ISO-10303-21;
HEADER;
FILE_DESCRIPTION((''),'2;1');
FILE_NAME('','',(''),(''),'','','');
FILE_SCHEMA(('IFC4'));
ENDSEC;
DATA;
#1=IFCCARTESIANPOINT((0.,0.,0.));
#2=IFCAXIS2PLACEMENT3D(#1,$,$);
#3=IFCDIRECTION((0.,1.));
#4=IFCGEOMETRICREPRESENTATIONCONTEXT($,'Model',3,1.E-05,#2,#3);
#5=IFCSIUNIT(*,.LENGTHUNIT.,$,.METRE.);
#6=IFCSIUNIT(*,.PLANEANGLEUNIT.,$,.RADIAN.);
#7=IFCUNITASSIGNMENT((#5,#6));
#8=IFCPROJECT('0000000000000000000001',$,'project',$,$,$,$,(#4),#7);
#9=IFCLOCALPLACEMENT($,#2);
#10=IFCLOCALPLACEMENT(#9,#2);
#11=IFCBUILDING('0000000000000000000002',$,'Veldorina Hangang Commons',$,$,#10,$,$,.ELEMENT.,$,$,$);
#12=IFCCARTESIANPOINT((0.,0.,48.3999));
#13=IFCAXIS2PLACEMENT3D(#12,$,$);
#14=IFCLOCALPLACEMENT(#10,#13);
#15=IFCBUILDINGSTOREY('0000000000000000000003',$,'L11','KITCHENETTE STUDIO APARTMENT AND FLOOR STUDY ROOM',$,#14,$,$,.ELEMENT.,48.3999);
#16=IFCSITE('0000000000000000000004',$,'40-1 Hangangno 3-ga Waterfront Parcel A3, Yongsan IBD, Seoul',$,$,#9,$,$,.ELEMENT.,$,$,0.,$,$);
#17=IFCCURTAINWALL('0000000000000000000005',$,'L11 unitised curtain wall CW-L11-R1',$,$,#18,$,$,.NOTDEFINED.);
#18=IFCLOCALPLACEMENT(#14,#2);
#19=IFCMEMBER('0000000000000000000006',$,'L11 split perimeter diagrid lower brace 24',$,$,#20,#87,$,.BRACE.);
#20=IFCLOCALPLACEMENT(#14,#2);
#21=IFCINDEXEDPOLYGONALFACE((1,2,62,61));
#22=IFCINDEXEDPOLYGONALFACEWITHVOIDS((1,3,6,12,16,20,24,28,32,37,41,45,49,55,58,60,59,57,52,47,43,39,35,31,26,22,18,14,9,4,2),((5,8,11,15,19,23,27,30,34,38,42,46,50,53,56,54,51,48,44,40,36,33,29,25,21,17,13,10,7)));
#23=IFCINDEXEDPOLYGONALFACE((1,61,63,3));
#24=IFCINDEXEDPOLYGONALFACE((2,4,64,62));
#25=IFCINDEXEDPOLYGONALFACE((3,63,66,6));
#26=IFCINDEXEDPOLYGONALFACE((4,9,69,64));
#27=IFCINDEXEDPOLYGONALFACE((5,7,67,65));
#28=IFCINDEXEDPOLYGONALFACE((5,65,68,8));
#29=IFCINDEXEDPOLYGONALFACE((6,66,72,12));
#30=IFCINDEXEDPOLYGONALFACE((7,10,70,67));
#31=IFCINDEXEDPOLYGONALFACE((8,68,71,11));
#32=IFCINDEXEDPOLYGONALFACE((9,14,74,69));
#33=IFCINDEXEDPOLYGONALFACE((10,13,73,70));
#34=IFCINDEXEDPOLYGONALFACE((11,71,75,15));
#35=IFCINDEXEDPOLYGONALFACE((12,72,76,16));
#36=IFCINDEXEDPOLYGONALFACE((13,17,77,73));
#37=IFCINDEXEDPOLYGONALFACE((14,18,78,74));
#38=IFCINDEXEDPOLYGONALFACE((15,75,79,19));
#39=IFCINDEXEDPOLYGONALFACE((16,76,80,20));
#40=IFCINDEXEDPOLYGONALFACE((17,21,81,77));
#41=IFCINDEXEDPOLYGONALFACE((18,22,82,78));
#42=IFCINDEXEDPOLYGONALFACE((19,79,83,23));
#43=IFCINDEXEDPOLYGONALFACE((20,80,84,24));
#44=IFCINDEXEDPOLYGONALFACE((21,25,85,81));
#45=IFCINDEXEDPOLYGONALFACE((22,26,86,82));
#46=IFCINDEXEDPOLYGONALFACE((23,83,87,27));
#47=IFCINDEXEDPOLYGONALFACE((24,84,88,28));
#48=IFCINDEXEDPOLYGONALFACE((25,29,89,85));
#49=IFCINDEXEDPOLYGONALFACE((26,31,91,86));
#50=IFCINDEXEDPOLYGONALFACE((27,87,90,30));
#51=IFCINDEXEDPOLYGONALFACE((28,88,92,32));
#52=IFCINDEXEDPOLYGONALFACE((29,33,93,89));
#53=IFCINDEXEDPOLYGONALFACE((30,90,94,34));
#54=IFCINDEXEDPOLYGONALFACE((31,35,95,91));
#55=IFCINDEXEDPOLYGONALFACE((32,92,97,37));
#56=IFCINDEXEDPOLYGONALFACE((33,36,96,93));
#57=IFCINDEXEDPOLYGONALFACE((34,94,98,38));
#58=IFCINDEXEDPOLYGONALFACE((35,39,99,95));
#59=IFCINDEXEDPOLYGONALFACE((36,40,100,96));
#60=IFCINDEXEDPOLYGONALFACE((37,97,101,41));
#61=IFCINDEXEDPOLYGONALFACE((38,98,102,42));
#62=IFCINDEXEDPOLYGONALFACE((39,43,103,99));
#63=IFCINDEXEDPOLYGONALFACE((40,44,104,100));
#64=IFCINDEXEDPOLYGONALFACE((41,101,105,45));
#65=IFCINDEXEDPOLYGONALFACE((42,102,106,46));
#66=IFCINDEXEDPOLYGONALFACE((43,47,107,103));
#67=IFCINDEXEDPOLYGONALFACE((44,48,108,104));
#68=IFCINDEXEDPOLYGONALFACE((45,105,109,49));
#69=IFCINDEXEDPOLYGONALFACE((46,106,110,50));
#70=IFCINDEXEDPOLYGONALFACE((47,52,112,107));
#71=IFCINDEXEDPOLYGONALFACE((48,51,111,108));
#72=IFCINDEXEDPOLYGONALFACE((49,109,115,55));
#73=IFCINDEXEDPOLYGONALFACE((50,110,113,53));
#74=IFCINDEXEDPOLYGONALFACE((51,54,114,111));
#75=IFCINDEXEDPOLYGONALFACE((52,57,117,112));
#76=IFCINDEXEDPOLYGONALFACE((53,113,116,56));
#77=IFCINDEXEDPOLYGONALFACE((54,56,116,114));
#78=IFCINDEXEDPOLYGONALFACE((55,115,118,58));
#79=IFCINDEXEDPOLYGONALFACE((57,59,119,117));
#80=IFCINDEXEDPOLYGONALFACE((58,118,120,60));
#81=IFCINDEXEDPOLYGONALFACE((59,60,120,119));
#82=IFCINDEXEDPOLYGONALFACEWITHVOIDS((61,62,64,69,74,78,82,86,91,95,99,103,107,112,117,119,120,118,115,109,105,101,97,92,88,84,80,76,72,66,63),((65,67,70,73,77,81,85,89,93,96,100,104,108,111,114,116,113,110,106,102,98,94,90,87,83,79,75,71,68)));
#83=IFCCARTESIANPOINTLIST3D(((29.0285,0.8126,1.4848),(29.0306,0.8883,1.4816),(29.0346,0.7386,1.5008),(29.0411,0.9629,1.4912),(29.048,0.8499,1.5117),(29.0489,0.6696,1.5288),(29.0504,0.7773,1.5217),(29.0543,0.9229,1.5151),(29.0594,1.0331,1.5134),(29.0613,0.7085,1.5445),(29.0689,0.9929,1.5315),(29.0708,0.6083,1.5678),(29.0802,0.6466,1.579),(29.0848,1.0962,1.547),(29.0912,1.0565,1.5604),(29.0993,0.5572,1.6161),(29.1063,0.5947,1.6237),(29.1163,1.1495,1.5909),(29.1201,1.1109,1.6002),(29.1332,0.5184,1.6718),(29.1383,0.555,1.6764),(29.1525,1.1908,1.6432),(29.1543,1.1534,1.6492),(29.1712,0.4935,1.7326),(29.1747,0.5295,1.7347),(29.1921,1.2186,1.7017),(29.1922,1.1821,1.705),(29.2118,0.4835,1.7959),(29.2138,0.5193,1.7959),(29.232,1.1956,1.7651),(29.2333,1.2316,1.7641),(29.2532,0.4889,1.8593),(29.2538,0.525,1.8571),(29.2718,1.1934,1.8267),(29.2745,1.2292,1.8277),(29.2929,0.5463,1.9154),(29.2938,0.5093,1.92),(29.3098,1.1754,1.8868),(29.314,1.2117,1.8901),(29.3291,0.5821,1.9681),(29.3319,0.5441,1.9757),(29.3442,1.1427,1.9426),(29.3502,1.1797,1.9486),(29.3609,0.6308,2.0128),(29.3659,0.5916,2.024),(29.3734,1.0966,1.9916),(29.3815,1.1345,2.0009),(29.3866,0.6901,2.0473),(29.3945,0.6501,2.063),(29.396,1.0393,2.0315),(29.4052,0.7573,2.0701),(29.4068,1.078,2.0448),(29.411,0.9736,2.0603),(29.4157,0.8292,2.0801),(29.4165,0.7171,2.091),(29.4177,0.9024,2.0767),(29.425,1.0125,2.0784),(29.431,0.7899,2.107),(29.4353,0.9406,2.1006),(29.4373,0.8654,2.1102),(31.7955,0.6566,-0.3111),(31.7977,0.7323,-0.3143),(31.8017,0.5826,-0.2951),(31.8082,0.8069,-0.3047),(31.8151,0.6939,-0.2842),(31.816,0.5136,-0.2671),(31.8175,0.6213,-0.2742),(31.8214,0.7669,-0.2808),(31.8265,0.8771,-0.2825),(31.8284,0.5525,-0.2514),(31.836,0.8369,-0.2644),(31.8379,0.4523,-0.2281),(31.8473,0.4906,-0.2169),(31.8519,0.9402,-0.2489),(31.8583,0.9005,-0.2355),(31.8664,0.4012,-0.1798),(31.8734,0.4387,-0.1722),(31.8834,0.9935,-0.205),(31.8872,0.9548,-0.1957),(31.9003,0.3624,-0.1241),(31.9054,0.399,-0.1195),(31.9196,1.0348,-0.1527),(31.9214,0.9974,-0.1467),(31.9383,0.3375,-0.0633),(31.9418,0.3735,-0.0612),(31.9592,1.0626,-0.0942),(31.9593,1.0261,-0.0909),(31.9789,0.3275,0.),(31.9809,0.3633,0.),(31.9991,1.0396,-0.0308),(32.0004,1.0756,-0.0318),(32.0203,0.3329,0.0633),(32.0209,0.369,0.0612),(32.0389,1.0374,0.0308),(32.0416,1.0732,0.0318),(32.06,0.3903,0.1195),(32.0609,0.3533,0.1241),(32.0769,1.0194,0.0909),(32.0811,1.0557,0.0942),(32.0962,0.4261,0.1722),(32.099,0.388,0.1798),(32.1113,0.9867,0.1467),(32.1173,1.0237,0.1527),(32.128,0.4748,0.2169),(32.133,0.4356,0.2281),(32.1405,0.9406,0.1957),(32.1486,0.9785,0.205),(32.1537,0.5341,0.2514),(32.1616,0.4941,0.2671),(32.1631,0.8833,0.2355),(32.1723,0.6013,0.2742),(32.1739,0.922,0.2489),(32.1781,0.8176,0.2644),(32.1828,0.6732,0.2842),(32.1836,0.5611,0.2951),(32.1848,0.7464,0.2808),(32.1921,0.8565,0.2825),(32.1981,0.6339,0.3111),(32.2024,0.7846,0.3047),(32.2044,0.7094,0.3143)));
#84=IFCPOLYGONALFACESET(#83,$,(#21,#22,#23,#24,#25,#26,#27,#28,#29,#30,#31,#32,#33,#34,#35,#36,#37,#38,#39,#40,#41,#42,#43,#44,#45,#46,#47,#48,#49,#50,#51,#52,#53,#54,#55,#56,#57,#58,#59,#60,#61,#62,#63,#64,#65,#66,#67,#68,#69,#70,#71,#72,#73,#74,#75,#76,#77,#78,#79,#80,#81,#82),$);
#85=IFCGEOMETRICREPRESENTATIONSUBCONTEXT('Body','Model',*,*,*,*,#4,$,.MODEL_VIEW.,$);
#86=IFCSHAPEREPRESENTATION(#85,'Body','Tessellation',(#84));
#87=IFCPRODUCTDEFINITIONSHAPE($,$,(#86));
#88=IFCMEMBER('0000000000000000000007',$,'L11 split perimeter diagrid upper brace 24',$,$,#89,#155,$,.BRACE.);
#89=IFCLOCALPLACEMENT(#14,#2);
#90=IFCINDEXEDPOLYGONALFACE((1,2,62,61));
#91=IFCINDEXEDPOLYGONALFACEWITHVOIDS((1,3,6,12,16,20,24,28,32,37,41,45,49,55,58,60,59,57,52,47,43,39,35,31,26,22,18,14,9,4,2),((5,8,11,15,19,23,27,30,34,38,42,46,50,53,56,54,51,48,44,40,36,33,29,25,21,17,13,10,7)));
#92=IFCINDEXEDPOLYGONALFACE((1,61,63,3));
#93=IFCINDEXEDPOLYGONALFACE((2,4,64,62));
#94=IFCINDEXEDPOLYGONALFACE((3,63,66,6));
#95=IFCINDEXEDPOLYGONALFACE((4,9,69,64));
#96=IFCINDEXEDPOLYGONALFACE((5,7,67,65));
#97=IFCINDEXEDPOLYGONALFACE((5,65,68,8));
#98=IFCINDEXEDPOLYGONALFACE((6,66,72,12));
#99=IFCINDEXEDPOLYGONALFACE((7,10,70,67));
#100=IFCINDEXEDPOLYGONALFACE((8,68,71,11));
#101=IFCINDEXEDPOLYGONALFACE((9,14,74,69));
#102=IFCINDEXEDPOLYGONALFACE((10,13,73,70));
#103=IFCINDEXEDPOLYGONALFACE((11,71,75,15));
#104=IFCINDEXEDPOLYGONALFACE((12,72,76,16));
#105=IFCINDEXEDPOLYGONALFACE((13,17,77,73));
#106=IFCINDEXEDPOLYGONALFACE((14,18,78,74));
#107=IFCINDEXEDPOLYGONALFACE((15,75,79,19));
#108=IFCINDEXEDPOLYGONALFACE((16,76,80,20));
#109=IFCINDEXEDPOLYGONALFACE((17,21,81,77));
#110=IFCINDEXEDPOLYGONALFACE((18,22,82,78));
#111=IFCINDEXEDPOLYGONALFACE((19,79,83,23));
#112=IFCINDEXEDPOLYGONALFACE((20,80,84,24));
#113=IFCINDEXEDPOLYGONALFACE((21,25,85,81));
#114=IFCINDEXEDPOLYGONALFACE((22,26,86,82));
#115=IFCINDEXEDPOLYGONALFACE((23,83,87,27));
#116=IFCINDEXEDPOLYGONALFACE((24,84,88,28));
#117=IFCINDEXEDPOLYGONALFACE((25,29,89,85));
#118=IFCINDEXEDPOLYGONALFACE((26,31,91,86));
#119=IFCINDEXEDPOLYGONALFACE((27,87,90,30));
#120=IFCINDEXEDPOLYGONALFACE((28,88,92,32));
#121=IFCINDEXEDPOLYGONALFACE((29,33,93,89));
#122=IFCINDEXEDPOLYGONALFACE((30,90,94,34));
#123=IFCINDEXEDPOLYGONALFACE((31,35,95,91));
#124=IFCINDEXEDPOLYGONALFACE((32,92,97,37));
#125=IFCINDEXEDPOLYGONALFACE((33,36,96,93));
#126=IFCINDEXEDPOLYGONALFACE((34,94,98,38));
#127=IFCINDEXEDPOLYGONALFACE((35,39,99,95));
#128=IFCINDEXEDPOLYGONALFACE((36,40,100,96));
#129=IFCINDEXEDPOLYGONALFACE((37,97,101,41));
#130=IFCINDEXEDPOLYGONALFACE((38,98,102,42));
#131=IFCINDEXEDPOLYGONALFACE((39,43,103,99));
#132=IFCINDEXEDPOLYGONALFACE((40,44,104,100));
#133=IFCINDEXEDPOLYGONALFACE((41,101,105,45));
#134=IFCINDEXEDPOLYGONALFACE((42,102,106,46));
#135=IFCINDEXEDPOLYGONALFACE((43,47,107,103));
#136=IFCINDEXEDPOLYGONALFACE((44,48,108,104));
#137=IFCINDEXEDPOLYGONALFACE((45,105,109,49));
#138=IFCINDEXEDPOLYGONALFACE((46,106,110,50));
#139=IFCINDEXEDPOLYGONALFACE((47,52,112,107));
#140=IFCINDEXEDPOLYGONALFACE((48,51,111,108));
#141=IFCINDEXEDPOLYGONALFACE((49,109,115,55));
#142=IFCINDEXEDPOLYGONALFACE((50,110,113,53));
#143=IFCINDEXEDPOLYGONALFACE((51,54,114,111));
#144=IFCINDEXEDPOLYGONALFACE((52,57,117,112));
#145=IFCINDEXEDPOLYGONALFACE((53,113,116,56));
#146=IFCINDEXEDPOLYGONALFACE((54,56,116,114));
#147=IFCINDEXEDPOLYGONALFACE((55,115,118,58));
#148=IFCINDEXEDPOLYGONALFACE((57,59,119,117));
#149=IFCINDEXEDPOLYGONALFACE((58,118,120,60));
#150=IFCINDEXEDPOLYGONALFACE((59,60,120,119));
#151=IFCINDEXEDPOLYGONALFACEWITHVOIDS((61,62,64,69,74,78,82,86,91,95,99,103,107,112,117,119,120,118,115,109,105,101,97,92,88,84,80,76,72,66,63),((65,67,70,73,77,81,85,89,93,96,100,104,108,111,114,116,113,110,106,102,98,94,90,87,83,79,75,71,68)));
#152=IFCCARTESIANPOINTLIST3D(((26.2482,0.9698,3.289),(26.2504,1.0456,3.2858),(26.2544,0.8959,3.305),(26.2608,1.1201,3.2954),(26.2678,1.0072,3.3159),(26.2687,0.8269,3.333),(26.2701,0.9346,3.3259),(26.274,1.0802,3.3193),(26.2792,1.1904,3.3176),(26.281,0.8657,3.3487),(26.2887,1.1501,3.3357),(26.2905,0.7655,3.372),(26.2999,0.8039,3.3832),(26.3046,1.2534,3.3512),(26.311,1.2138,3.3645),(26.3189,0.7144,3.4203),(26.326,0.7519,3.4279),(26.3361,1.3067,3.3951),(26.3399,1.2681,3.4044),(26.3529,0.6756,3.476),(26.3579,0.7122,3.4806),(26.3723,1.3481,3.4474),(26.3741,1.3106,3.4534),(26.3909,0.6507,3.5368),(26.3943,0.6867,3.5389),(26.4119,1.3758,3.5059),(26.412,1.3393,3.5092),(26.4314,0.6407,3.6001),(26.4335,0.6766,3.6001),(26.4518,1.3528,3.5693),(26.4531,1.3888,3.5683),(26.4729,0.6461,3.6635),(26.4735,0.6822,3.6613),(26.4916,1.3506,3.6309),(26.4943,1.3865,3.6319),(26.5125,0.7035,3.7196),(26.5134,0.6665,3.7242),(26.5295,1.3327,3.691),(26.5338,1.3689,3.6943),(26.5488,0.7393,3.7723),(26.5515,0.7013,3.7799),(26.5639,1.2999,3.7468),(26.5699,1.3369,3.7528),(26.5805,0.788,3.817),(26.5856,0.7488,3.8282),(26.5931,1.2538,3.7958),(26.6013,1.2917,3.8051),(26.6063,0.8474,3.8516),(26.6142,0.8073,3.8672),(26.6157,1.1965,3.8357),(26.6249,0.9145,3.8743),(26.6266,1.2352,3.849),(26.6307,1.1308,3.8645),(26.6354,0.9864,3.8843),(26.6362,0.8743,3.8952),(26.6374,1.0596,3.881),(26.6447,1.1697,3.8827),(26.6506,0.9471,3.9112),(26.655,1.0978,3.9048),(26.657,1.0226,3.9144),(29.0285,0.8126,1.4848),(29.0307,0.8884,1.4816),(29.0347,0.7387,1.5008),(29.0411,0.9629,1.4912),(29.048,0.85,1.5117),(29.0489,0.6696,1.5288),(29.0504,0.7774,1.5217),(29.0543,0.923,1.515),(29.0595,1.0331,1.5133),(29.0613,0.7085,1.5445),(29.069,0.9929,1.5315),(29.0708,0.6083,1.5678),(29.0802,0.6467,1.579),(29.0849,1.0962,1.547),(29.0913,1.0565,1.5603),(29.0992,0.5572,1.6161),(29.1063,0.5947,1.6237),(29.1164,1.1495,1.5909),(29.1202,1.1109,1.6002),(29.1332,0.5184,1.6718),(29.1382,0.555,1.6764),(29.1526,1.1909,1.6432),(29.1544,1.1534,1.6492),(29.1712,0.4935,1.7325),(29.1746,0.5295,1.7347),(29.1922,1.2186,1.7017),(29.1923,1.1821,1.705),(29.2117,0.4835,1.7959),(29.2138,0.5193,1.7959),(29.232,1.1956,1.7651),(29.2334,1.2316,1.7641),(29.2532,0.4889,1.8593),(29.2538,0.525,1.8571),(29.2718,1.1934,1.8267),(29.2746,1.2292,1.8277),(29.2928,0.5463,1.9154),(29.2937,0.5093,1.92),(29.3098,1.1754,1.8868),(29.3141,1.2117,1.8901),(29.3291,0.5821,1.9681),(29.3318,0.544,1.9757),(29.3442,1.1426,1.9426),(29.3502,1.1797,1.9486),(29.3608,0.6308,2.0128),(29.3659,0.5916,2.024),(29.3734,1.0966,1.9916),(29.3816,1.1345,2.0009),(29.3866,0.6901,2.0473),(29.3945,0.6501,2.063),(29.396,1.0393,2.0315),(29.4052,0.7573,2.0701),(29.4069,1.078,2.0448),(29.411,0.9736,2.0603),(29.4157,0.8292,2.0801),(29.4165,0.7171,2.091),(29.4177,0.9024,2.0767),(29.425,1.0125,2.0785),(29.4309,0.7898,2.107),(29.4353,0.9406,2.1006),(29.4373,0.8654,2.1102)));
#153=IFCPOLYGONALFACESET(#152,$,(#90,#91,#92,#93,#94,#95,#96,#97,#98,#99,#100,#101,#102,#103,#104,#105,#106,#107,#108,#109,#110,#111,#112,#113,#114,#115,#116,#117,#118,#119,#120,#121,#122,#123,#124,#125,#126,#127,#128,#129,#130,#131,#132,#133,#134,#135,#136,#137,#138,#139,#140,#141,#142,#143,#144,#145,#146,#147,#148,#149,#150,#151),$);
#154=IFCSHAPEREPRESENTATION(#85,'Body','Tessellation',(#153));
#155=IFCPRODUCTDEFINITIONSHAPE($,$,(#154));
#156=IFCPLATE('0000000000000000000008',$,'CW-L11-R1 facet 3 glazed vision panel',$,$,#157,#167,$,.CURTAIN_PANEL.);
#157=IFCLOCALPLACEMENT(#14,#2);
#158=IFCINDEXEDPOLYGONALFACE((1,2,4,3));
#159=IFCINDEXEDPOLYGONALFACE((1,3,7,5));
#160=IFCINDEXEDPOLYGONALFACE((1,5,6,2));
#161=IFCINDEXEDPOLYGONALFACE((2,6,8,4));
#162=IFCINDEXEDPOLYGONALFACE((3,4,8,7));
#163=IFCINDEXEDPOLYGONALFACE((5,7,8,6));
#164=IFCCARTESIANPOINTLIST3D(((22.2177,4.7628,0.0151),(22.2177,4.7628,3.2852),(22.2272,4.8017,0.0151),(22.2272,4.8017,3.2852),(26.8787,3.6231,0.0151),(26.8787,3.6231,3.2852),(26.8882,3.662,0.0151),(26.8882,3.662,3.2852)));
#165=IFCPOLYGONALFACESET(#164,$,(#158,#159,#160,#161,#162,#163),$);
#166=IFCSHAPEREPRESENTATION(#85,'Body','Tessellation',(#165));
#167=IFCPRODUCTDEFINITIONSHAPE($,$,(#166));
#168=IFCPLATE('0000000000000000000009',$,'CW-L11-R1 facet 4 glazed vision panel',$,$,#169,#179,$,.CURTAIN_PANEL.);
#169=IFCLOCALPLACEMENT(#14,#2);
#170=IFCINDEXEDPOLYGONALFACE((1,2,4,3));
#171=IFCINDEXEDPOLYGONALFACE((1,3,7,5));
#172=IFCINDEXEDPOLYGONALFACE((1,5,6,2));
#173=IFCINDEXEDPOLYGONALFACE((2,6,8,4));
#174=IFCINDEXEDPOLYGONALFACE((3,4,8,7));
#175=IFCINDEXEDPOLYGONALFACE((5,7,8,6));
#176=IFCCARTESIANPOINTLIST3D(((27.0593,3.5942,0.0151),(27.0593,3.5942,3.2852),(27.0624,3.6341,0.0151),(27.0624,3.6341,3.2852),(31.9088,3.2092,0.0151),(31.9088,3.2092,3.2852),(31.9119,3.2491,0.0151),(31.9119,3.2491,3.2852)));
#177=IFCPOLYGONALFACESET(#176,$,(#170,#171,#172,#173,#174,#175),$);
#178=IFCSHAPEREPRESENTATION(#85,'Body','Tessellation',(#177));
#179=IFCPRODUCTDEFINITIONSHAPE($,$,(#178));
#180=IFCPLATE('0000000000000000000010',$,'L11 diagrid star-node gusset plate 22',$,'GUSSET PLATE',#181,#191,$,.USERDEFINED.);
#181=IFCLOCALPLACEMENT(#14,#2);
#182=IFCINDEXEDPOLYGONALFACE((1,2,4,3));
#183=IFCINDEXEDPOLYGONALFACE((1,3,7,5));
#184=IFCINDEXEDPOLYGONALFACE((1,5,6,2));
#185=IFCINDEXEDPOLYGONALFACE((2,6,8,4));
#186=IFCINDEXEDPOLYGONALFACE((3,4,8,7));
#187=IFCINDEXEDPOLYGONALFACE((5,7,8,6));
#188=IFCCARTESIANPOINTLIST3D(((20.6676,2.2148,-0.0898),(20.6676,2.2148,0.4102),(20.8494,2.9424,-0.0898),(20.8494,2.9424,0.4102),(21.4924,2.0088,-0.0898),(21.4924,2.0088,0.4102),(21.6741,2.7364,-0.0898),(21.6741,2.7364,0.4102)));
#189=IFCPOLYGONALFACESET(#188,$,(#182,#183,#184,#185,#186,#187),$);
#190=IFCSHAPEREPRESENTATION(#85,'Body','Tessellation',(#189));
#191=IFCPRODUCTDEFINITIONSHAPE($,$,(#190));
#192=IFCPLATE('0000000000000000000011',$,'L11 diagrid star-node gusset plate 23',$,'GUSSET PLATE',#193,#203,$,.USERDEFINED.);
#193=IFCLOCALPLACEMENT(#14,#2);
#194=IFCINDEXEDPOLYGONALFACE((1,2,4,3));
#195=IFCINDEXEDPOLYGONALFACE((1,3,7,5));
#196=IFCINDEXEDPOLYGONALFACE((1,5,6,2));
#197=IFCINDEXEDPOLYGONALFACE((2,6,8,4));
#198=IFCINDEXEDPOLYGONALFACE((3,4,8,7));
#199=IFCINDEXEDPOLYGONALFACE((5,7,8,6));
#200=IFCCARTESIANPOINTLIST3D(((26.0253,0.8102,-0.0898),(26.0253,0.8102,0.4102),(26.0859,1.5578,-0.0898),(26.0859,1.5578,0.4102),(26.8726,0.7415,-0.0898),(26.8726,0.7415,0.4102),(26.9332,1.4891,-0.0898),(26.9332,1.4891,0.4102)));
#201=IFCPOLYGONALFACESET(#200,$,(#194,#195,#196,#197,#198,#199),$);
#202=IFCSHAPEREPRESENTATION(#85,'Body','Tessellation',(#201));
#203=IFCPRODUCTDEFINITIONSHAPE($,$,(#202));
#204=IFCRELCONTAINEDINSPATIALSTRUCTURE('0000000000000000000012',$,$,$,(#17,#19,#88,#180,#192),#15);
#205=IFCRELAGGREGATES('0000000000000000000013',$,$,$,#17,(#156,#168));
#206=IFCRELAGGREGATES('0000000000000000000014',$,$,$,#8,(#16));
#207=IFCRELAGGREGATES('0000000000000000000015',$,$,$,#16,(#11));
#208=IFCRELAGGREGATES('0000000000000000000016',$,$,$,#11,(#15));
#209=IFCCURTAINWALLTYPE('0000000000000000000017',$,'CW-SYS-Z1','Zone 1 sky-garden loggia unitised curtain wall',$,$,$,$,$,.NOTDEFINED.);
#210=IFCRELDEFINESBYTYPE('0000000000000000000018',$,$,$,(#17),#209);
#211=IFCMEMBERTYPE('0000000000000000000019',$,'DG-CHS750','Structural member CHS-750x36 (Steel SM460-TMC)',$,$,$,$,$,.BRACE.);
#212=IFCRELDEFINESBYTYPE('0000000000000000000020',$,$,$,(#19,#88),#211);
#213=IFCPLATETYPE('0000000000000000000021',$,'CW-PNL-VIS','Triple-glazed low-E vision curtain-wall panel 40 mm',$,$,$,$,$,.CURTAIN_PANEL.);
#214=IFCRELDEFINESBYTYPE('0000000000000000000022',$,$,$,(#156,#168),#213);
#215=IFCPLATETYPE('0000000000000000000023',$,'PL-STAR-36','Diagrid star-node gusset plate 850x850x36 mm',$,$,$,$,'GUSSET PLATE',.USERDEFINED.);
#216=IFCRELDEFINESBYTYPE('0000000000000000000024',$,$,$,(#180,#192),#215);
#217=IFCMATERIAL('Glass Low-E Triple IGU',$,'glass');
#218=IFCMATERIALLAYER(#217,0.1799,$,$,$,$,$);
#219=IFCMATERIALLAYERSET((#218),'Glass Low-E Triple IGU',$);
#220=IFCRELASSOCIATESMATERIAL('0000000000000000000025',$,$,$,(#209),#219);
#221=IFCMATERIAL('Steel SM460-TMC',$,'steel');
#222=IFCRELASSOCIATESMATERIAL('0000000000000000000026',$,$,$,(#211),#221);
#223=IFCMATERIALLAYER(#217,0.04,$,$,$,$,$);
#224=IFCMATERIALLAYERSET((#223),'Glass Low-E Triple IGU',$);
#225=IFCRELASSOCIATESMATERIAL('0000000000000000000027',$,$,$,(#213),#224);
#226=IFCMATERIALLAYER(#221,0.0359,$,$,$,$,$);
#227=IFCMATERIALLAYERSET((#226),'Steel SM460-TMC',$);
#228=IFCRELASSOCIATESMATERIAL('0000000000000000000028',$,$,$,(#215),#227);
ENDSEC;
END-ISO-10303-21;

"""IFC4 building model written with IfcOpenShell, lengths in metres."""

from ifc_helpers import new_model, si_unit, direction, frame, origin, origin_2d, place, context, subcontext, project, spatial, rectangle, hollow_circle, extrude, material, layer, layer_set, material_profile, profile_set, type_object, element, aggregate, save


model = new_model("IFC4")

# Units and contexts
model_context = context("Model", 3, precision=1e-05, world=origin(), true_north=direction((0.0, 1.0)))
body_context = subcontext(model_context, "Body", "Model", "MODEL_VIEW")
ifc_project = project(units=[si_unit("LENGTHUNIT", "METRE"), si_unit("PLANEANGLEUNIT", "RADIAN")], contexts=[model_context])

# Site, building, storey
site_placement = place(None, origin())
site = spatial("IfcSite", under=ifc_project, at=site_placement, Name="40-1 Hangangno 3-ga Waterfront Parcel A3, Yongsan IBD, Seoul", CompositionType="ELEMENT", RefElevation=0.0)
building_placement = place(site_placement, origin())
building = spatial("IfcBuilding", under=site, at=building_placement, Name="Veldorina Hangang Commons", CompositionType="ELEMENT")
storey_placement = place(building_placement, frame((0.0, 0.0, 48.3999)))
storey = spatial("IfcBuildingStorey", under=building, at=storey_placement, Name="L11", Description="KITCHENETTE STUDIO APARTMENT AND FLOOR STUDY ROOM", CompositionType="ELEMENT", Elevation=48.3999)

# Shared definitions
ifc_material_1 = material(Name="Steel SM460-TMC", Category="steel")

# Curtain wall
ifc_material_2 = material(Name="Glass Low-E Triple IGU", Category="glass")
ifc_layer_1 = layer(ifc_material_2, 0.1799)
ifc_layer_set_1 = layer_set([ifc_layer_1], Name="Glass Low-E Triple IGU")
curtain_wall_type = type_object("IfcCurtainWallType", Name="CW-SYS-Z1", Description="Zone 1 sky-garden loggia unitised curtain wall", PredefinedType="NOTDEFINED", material=ifc_layer_set_1)
curtain_wall_placement = place(storey_placement, origin())
curtain_wall = element("IfcCurtainWall", 1, at=curtain_wall_placement, inside=storey, type_object=curtain_wall_type, Name="L11 unitised curtain wall CW-L11-R1", PredefinedType="NOTDEFINED")

# Members
ifc_material_profile_1 = material_profile(ifc_material_1, hollow_circle(Radius=0.375, WallThickness=0.0359, at=origin_2d()), Name="CHS-750x36")
ifc_profile_set_1 = profile_set([ifc_material_profile_1], Name="Steel SM460-TMC")
member_type_1 = type_object("IfcMemberType", Name="DG-CHS750", Description="Structural member CHS-750x36 (Steel SM460-TMC)", PredefinedType="BRACE", material=ifc_profile_set_1)
member_1_placement = place(storey_placement, frame((32.0, 0.7019, 0.0), z_axis=(-0.837882, 0.047239, 0.543803), x_axis=(-0.05629, -0.998414, 0.0)))
element("IfcMember", 2, at=member_1_placement, inside=storey, type_object=member_type_1, Name="L11 split perimeter diagrid lower brace 24", PredefinedType="BRACE", context=body_context, shape_type="SweptSolid", body=[
    extrude(hollow_circle(Radius=0.375, WallThickness=0.0359, at=origin_2d()), origin(), (0.0, 0.0, 1.0), 3.3025),
])
member_2_placement = place(storey_placement, frame((29.2329, 0.8579, 1.7959), z_axis=(-0.837912, 0.047385, 0.543745), x_axis=(-0.056461, -0.998405, 0.0)))
element("IfcMember", 3, at=member_2_placement, inside=storey, type_object=member_type_1, Name="L11 split perimeter diagrid upper brace 24", PredefinedType="BRACE", context=body_context, shape_type="SweptSolid", body=[
    extrude(hollow_circle(Radius=0.375, WallThickness=0.0359, at=origin_2d()), origin(), (0.0, 0.0, 1.0), 3.3181),
])

# Plates
ifc_layer_2 = layer(ifc_material_2, 0.04)
ifc_layer_set_2 = layer_set([ifc_layer_2], Name="Glass Low-E Triple IGU")
plate_type_1 = type_object("IfcPlateType", Name="CW-PNL-VIS", Description="Triple-glazed low-E vision curtain-wall panel 40 mm", PredefinedType="CURTAIN_PANEL", material=ifc_layer_set_2)
plate_1_placement = place(storey_placement, frame((24.553, 4.2124, 0.0151), z_axis=(0.0, 0.0, 1.0), x_axis=(0.971384, -0.237516, 0.0)))
plate_1 = element("IfcPlate", 4, at=plate_1_placement, type_object=plate_type_1, Name="CW-L11-R1 facet 3 glazed vision panel", PredefinedType="CURTAIN_PANEL", context=body_context, shape_type="SweptSolid", body=[
    extrude(rectangle(XDim=4.7983, YDim=0.04, at=origin_2d()), origin(), (0.0, 0.0, 1.0), 3.27),
])
plate_2_placement = place(storey_placement, frame((29.4856, 3.4216, 0.0151), z_axis=(0.0, 0.0, 1.0), x_axis=(0.996864, -0.079138, 0.0)))
plate_2 = element("IfcPlate", 5, at=plate_2_placement, type_object=plate_type_1, Name="CW-L11-R1 facet 4 glazed vision panel", PredefinedType="CURTAIN_PANEL", context=body_context, shape_type="SweptSolid", body=[
    extrude(rectangle(XDim=4.8647, YDim=0.04, at=origin_2d()), origin(), (0.0, 0.0, 1.0), 3.27),
])
aggregate(curtain_wall, [plate_1, plate_2])

# Plates
ifc_layer_3 = layer(ifc_material_1, 0.0359)
ifc_layer_set_3 = layer_set([ifc_layer_3], Name="Steel SM460-TMC")
plate_type_2 = type_object("IfcPlateType", Name="PL-STAR-36", Description="Diagrid star-node gusset plate 850x850x36 mm", ElementType="GUSSET PLATE", PredefinedType="USERDEFINED", material=ifc_layer_set_3)
for number, where, z_axis, x_axis, name in (
    (6, (21.1709, 2.4756, -0.0898), (0.0, 0.0, 1.0), (0.970199, -0.242311, 0.0), "L11 diagrid star-node gusset plate 22"),
    (7, (26.4792, 1.1497, -0.0898), (0.0, 0.0, 1.0), (0.996728, -0.080825, 0.0), "L11 diagrid star-node gusset plate 23"),
):
    element("IfcPlate", number, at=place(storey_placement, frame(where, z_axis=z_axis, x_axis=x_axis)), inside=storey, type_object=plate_type_2, Name=name, ObjectType="GUSSET PLATE", PredefinedType="USERDEFINED", context=body_context, shape_type="SweptSolid", body=[
        extrude(rectangle(XDim=0.8501, YDim=0.75, at=origin_2d()), origin(), (0.0, 0.0, 1.0), 0.5),
    ])

save(model, "model.ifc")
